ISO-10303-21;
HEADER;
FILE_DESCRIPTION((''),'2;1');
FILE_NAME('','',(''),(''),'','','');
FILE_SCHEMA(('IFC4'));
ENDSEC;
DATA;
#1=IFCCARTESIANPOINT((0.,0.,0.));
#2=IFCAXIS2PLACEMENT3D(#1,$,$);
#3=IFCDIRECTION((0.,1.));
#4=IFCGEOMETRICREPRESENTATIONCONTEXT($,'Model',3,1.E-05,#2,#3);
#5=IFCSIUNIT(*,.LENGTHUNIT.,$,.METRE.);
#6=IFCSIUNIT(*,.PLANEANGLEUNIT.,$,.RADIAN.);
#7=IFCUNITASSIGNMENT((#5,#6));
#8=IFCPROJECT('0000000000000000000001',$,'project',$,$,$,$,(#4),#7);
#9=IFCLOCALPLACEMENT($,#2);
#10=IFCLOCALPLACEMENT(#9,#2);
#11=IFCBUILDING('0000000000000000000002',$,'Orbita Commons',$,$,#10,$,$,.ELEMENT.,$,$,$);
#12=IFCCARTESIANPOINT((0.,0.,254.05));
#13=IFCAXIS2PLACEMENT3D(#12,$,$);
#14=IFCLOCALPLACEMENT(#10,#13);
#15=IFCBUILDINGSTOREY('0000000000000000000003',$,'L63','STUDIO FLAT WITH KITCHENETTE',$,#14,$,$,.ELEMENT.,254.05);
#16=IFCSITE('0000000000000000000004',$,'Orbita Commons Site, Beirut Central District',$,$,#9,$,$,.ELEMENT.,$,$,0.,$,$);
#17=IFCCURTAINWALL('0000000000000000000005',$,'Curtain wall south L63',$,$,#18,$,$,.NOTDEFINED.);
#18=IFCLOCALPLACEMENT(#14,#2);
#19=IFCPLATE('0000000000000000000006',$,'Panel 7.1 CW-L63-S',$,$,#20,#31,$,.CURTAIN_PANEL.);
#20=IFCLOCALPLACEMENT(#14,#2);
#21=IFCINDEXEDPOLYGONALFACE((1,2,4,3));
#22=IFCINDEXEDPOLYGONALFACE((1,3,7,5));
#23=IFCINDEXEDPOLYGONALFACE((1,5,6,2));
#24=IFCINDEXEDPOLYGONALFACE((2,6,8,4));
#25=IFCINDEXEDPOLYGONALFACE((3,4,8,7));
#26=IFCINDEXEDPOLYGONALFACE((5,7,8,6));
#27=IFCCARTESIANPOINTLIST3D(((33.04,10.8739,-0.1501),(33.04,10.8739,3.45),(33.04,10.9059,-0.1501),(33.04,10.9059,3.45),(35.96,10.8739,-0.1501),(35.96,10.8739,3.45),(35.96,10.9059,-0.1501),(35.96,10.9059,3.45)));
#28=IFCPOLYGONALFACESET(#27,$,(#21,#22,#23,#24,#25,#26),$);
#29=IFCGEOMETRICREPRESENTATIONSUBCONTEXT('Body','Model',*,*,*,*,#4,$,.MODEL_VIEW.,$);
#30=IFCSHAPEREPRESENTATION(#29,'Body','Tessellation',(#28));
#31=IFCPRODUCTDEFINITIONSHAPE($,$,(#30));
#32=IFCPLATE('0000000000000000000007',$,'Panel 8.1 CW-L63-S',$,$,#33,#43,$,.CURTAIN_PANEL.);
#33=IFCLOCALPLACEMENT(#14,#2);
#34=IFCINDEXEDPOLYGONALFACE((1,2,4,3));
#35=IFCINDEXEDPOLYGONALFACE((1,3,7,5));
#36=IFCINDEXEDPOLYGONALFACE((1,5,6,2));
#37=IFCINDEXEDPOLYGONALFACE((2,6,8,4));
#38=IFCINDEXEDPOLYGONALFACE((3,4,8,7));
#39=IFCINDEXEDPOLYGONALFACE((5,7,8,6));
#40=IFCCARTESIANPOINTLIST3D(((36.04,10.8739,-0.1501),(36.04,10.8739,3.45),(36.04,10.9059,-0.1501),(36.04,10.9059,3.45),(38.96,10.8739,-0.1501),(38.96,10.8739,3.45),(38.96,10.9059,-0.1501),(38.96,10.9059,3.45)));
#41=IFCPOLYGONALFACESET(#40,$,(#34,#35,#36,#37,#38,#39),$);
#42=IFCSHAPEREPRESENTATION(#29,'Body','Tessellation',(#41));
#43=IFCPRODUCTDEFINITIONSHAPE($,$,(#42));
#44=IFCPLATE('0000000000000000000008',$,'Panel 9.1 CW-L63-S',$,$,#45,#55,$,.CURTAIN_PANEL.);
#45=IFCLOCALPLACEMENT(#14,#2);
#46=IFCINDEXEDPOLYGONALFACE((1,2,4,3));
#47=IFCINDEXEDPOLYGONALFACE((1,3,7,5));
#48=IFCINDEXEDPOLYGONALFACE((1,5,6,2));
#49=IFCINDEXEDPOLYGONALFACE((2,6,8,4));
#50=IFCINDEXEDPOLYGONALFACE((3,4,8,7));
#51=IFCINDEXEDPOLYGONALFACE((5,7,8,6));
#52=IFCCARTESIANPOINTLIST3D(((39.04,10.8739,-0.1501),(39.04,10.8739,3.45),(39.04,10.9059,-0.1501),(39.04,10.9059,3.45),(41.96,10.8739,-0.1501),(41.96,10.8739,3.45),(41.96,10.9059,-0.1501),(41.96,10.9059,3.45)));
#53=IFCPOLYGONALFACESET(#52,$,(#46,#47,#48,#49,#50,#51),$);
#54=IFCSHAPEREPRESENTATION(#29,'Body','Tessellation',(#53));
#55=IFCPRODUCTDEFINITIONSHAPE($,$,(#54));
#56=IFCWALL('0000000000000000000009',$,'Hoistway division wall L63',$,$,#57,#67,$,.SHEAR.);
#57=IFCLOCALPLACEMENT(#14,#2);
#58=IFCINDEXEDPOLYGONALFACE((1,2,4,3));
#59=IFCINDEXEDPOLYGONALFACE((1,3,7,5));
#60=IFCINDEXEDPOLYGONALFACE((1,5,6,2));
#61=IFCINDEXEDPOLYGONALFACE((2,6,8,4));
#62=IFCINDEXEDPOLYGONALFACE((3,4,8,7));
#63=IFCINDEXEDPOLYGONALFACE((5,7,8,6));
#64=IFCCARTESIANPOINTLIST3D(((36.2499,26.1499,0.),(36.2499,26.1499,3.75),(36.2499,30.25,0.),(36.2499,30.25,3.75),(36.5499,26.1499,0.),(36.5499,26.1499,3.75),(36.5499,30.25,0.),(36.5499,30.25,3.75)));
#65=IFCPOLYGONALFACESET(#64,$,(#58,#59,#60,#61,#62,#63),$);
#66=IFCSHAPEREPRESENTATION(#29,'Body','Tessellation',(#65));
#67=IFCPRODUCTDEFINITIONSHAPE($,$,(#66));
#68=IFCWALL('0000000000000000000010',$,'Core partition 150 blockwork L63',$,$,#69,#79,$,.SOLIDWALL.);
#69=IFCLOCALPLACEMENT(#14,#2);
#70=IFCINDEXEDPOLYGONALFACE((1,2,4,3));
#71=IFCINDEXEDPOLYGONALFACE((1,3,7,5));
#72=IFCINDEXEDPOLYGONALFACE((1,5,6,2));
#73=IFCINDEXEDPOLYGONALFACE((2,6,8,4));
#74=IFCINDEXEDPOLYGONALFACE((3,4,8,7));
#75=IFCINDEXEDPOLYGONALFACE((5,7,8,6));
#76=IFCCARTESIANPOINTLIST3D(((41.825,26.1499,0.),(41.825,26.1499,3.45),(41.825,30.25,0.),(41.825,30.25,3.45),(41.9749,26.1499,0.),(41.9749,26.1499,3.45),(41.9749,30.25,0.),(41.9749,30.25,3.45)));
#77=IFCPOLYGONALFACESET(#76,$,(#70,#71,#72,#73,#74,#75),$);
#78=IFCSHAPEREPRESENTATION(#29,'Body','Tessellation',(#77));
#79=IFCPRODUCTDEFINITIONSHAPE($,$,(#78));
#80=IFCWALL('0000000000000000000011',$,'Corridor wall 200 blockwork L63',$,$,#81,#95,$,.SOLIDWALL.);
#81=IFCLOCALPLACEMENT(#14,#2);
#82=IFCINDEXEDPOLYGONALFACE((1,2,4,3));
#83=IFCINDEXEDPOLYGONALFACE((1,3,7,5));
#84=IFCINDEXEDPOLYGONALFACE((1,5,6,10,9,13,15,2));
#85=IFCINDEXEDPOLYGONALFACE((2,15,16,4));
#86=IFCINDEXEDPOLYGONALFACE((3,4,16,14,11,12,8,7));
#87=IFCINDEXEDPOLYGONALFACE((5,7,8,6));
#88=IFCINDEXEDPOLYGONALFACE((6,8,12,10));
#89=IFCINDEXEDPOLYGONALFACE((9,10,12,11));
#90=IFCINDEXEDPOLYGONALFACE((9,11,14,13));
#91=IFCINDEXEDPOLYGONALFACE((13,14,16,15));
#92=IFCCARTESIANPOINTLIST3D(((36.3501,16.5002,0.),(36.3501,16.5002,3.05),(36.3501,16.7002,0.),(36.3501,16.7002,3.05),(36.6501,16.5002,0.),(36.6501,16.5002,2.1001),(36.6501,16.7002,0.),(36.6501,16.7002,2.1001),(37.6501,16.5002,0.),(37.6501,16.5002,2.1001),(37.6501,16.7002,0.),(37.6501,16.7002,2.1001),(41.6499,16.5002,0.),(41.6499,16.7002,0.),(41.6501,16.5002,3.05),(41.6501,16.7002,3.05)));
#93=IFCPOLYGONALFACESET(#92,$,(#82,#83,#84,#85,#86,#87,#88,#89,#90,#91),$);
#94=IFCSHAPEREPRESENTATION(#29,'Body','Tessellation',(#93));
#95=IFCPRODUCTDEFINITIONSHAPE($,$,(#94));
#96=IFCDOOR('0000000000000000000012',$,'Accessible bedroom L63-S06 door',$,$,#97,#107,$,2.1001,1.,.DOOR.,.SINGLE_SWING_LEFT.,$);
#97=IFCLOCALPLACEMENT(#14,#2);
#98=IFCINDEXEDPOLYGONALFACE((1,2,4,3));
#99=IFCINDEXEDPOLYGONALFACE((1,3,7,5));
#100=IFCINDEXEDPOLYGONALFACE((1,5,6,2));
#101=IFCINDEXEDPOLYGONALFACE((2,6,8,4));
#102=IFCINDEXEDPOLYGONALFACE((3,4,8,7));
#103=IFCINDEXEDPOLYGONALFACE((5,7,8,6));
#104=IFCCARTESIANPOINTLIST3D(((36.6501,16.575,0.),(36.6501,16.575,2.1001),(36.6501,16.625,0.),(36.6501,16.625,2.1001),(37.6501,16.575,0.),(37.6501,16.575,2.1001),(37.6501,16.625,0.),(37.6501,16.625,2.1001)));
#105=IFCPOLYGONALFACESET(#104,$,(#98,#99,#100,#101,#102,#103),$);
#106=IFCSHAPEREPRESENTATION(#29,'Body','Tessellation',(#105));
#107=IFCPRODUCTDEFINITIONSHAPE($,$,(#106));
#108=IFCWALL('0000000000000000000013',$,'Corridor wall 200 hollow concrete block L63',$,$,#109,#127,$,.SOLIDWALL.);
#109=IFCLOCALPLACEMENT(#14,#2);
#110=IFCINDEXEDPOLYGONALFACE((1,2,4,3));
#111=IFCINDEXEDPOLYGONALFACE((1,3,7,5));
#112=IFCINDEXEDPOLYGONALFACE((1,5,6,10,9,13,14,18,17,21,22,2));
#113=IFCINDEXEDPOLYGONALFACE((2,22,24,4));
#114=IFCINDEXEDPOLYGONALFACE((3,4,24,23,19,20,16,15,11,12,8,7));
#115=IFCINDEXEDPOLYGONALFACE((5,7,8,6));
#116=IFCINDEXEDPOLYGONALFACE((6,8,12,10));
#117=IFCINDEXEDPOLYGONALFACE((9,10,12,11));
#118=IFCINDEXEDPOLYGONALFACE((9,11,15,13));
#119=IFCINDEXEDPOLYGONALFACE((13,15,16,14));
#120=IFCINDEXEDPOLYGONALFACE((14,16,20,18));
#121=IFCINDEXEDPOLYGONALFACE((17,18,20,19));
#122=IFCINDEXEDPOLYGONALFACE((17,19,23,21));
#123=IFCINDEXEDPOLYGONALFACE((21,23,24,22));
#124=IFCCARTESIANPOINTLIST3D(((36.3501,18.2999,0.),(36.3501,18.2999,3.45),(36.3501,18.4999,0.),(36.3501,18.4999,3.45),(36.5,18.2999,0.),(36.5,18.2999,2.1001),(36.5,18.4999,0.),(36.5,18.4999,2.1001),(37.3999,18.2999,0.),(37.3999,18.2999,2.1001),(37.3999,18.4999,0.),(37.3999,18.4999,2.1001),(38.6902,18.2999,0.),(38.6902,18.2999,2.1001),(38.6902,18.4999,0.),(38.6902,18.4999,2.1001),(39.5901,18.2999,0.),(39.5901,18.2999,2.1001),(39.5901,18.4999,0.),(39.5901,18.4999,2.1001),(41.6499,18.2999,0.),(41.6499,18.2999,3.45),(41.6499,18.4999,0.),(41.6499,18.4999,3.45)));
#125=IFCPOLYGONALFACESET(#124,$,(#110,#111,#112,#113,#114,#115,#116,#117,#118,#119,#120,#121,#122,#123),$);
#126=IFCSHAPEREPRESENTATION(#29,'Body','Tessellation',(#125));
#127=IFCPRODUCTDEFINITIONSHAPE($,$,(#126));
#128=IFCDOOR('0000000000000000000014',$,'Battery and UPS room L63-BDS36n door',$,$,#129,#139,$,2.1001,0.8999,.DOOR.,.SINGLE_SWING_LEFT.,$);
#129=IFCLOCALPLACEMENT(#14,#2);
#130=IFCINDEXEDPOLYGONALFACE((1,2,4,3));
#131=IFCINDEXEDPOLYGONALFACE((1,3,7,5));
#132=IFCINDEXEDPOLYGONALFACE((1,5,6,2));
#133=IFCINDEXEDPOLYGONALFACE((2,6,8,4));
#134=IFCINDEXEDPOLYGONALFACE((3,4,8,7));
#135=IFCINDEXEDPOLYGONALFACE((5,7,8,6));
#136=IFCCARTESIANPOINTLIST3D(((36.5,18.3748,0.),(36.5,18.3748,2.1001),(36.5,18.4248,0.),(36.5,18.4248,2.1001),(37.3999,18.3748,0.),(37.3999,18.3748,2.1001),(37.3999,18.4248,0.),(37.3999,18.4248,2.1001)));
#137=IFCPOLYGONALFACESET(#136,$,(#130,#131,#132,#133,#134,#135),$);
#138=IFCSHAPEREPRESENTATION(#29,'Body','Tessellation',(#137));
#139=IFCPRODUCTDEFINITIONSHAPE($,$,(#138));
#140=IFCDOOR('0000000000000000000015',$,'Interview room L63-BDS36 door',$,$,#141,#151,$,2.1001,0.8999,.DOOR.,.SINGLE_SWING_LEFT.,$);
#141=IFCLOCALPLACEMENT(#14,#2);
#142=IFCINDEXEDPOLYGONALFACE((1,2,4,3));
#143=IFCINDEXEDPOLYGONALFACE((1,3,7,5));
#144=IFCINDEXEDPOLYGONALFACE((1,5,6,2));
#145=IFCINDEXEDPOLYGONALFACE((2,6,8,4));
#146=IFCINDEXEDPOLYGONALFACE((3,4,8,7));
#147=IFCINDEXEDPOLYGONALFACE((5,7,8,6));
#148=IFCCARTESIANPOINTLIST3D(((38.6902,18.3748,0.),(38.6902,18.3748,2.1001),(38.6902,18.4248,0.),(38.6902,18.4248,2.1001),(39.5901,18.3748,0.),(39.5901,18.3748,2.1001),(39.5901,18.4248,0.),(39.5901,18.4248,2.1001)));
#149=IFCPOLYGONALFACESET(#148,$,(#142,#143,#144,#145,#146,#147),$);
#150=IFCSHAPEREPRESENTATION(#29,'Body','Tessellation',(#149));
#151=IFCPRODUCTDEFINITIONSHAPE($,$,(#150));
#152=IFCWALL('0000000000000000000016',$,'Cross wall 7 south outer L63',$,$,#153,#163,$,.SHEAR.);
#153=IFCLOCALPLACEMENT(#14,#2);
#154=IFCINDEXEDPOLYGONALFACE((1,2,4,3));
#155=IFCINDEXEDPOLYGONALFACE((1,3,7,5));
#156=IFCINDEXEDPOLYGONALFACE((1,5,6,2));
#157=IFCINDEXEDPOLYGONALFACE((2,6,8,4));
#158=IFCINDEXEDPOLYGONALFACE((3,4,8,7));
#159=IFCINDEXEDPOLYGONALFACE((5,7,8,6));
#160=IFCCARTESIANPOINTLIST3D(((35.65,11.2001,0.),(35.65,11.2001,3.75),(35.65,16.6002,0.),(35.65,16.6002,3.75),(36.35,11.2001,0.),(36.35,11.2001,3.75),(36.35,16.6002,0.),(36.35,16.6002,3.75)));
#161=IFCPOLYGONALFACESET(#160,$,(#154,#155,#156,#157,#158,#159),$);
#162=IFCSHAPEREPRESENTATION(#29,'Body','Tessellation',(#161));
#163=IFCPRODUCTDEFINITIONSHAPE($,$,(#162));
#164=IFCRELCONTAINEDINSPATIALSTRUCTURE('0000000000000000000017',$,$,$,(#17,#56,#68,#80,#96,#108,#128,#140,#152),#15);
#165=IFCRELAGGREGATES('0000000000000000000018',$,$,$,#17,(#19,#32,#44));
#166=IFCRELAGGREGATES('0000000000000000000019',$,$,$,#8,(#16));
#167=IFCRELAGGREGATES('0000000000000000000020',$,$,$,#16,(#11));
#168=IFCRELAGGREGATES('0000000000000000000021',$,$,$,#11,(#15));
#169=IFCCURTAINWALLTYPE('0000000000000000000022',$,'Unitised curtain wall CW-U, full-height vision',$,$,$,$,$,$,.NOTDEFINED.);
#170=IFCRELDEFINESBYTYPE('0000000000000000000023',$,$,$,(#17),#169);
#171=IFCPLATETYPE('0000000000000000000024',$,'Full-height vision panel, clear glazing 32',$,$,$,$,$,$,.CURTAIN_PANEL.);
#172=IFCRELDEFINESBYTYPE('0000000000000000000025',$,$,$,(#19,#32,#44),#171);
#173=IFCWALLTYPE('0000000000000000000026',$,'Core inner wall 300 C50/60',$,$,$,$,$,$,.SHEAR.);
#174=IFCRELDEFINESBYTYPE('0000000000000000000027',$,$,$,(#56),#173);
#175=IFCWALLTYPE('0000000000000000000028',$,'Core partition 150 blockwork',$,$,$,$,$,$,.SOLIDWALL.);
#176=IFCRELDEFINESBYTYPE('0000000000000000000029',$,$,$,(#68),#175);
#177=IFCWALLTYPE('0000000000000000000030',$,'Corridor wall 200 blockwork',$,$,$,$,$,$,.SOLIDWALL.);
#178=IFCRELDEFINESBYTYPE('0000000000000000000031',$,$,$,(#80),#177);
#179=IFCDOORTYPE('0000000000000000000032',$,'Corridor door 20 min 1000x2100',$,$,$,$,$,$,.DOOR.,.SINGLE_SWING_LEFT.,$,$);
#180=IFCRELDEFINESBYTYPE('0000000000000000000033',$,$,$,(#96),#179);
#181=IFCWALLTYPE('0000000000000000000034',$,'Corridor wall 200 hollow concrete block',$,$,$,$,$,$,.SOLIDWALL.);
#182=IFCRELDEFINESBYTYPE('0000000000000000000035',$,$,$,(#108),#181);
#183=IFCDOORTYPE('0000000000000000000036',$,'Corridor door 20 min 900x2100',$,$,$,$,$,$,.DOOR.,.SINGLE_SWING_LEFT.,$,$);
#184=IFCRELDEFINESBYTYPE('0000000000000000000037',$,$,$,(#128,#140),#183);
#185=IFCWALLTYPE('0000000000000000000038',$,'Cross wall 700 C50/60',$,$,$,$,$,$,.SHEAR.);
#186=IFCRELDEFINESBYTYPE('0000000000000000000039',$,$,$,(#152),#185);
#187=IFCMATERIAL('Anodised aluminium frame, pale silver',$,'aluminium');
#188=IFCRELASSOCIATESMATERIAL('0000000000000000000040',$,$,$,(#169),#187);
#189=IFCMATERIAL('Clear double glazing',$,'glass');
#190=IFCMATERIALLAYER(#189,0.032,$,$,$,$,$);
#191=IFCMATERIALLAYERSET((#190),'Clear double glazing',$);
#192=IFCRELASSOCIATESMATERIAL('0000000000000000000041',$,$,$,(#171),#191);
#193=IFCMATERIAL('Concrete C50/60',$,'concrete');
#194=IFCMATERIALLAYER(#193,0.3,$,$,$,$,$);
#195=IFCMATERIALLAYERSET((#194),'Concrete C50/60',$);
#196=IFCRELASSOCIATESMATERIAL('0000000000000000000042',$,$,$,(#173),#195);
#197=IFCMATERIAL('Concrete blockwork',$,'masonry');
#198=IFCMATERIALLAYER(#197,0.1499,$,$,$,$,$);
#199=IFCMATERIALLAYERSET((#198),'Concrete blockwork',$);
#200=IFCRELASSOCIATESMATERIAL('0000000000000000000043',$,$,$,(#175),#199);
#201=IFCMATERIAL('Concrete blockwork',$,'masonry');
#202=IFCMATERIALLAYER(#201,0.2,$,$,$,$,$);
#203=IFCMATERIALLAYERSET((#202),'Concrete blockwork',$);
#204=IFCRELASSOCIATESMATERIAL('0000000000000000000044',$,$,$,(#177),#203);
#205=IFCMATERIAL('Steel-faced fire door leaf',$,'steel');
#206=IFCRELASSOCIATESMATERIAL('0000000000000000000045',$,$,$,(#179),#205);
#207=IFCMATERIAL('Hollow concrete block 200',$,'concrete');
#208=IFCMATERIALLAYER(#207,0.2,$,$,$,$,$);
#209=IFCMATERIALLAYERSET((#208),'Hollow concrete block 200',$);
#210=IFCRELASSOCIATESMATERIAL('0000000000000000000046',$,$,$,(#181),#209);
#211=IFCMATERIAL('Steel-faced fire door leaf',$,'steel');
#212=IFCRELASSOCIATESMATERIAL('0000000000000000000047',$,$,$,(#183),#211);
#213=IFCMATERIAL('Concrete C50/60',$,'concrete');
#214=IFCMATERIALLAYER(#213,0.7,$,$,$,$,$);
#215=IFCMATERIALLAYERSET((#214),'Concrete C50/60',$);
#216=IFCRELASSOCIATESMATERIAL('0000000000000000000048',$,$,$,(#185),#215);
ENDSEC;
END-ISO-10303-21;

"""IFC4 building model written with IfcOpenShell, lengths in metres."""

from ifc_helpers import new_model, si_unit, direction, frame, frame_2d, origin, origin_2d, place, context, subcontext, project, spatial, polyline, rectangle, outline, extrude, material, layer, layer_set, type_object, element, fill, aggregate, save


model = new_model("IFC4")

# Units and contexts
model_context = context("Model", 3, precision=1e-05, world=origin(), true_north=direction((0.0, 1.0)))
body_context = subcontext(model_context, "Body", "Model", "MODEL_VIEW")
ifc_project = project(units=[si_unit("LENGTHUNIT", "METRE"), si_unit("PLANEANGLEUNIT", "RADIAN")], contexts=[model_context])

# Site, building, storey
site_placement = place(None, origin())
site = spatial("IfcSite", under=ifc_project, at=site_placement, Name="Orbita Commons Site, Beirut Central District", CompositionType="ELEMENT", RefElevation=0.0)
building_placement = place(site_placement, origin())
building = spatial("IfcBuilding", under=site, at=building_placement, Name="Orbita Commons", CompositionType="ELEMENT")
storey_placement = place(building_placement, frame((0.0, 0.0, 254.05)))
storey = spatial("IfcBuildingStorey", under=building, at=storey_placement, Name="L63", Description="STUDIO FLAT WITH KITCHENETTE", CompositionType="ELEMENT", Elevation=254.05)

# Curtain wall
ifc_material_1 = material(Name="Anodised aluminium frame, pale silver", Category="aluminium")
curtain_wall_type = type_object("IfcCurtainWallType", Name="Unitised curtain wall CW-U, full-height vision", PredefinedType="NOTDEFINED", material=ifc_material_1)
curtain_wall_placement = place(storey_placement, origin())
curtain_wall = element("IfcCurtainWall", 1, at=curtain_wall_placement, inside=storey, type_object=curtain_wall_type, Name="Curtain wall south L63", PredefinedType="NOTDEFINED")

# Plates
ifc_material_2 = material(Name="Clear double glazing", Category="glass")
ifc_layer_1 = layer(ifc_material_2, 0.032)
ifc_layer_set_1 = layer_set([ifc_layer_1], Name="Clear double glazing")
plate_type = type_object("IfcPlateType", Name="Full-height vision panel, clear glazing 32", PredefinedType="CURTAIN_PANEL", material=ifc_layer_set_1)
plate_1_placement = place(storey_placement, frame((34.5, 10.8899, -0.1501), z_axis=(0.0, 0.0, 1.0), x_axis=(1.0, 0.0, 0.0)))
plate_1 = element("IfcPlate", 2, at=plate_1_placement, type_object=plate_type, Name="Panel 7.1 CW-L63-S", PredefinedType="CURTAIN_PANEL", context=body_context, shape_type="SweptSolid", body=[
    extrude(rectangle(XDim=2.9199, YDim=0.032, at=origin_2d()), origin(), (0.0, 0.0, 1.0), 3.6001),
])
plate_2_placement = place(storey_placement, frame((37.5, 10.8899, -0.1501), z_axis=(0.0, 0.0, 1.0), x_axis=(1.0, 0.0, 0.0)))
plate_2 = element("IfcPlate", 3, at=plate_2_placement, type_object=plate_type, Name="Panel 8.1 CW-L63-S", PredefinedType="CURTAIN_PANEL", context=body_context, shape_type="SweptSolid", body=[
    extrude(rectangle(XDim=2.9199, YDim=0.032, at=origin_2d()), origin(), (0.0, 0.0, 1.0), 3.6001),
])
plate_3_placement = place(storey_placement, frame((40.5, 10.8899, -0.1501), z_axis=(0.0, 0.0, 1.0), x_axis=(1.0, 0.0, 0.0)))
plate_3 = element("IfcPlate", 4, at=plate_3_placement, type_object=plate_type, Name="Panel 9.1 CW-L63-S", PredefinedType="CURTAIN_PANEL", context=body_context, shape_type="SweptSolid", body=[
    extrude(rectangle(XDim=2.9199, YDim=0.032, at=origin_2d()), origin(), (0.0, 0.0, 1.0), 3.6001),
])
aggregate(curtain_wall, [plate_1, plate_2, plate_3])

# Walls
ifc_material_3 = material(Name="Concrete C50/60", Category="concrete")
ifc_layer_2 = layer(ifc_material_3, 0.3)
ifc_layer_set_2 = layer_set([ifc_layer_2], Name="Concrete C50/60")
wall_type_1 = type_object("IfcWallType", Name="Core inner wall 300 C50/60", PredefinedType="SHEAR", material=ifc_layer_set_2)
wall_1_placement = place(storey_placement, frame((36.3999, 26.1499, 0.0), z_axis=(0.0, 0.0, 1.0), x_axis=(0.0, 1.0, 0.0)))
element("IfcWall", 5, at=wall_1_placement, inside=storey, type_object=wall_type_1, Name="Hoistway division wall L63", PredefinedType="SHEAR", context=body_context, shape_type="SweptSolid", body=[
    extrude(rectangle(XDim=4.1001, YDim=0.3, at=frame_2d((2.05, 0.0))), origin(), (0.0, 0.0, 1.0), 3.75),
])
ifc_material_4 = material(Name="Concrete blockwork", Category="masonry")
ifc_layer_3 = layer(ifc_material_4, 0.1499)
ifc_layer_set_3 = layer_set([ifc_layer_3], Name="Concrete blockwork")
wall_type_2 = type_object("IfcWallType", Name="Core partition 150 blockwork", PredefinedType="SOLIDWALL", material=ifc_layer_set_3)
wall_2_placement = place(storey_placement, frame((41.8999, 26.1499, 0.0), z_axis=(0.0, 0.0, 1.0), x_axis=(0.0, 1.0, 0.0)))
element("IfcWall", 6, at=wall_2_placement, inside=storey, type_object=wall_type_2, Name="Core partition 150 blockwork L63", PredefinedType="SOLIDWALL", context=body_context, shape_type="SweptSolid", body=[
    extrude(rectangle(XDim=4.1001, YDim=0.1499, at=frame_2d((2.05, 0.0))), origin(), (0.0, 0.0, 1.0), 3.45),
])

# Wall, opening, door
ifc_material_5 = material(Name="Concrete blockwork", Category="masonry")
ifc_layer_4 = layer(ifc_material_5, 0.2)
ifc_layer_set_4 = layer_set([ifc_layer_4], Name="Concrete blockwork")
wall_type_3 = type_object("IfcWallType", Name="Corridor wall 200 blockwork", PredefinedType="SOLIDWALL", material=ifc_layer_set_4)
wall_3_placement = place(storey_placement, frame((36.3501, 16.6001, 0.0), z_axis=(0.0, 0.0, 1.0), x_axis=(1.0, 0.0, 0.0)))
wall_3 = element("IfcWall", 7, at=wall_3_placement, inside=storey, type_object=wall_type_3, Name="Corridor wall 200 blockwork L63", PredefinedType="SOLIDWALL", context=body_context, shape_type="SweptSolid", body=[
    extrude(outline(polyline([(0.0, 0.0), (5.2998, 0.0), (5.3, 3.05), (0.0, 3.05), (0.0, 0.0)])), frame((0.0, 0.1001, 0.0), z_axis=(0.0, -1.0, 0.0), x_axis=(1.0, 0.0, 0.0)), (0.0, 0.0, 1.0), 0.2),
])
opening_1_placement = place(wall_3_placement, frame((0.3, 0.0, 0.0)))
opening_1 = element("IfcOpeningElement", 8, at=opening_1_placement, cuts=wall_3, PredefinedType="OPENING", context=body_context, shape_type="SweptSolid", body=[
    extrude(rectangle(XDim=1.0, YDim=2.1001, at=frame_2d((0.5, 1.05))), frame((0.0, 0.1099, 0.0), z_axis=(0.0, -1.0, 0.0), x_axis=(1.0, 0.0, 0.0)), (0.0, 0.0, 1.0), 0.22),
])
ifc_material_6 = material(Name="Steel-faced fire door leaf", Category="steel")
door_type_1 = type_object("IfcDoorType", Name="Corridor door 20 min 1000x2100", OperationType="SINGLE_SWING_LEFT", PredefinedType="DOOR", material=ifc_material_6)
door_1_placement = place(opening_1_placement, origin())
door_1 = element("IfcDoor", 9, at=door_1_placement, inside=storey, type_object=door_type_1, Name="Accessible bedroom L63-S06 door", OperationType="SINGLE_SWING_LEFT", OverallHeight=2.1001, OverallWidth=1.0, PredefinedType="DOOR", context=body_context, shape_type="SweptSolid", body=[
    extrude(rectangle(XDim=1.0, YDim=2.1001, at=frame_2d((0.5, 1.05))), frame((0.0, 0.0249, 0.0), z_axis=(0.0, -1.0, 0.0), x_axis=(1.0, 0.0, 0.0)), (0.0, 0.0, 1.0), 0.05),
])
fill(opening_1, door_1)

# Wall, openings, doors
ifc_material_7 = material(Name="Hollow concrete block 200", Category="concrete")
ifc_layer_5 = layer(ifc_material_7, 0.2)
ifc_layer_set_5 = layer_set([ifc_layer_5], Name="Hollow concrete block 200")
wall_type_4 = type_object("IfcWallType", Name="Corridor wall 200 hollow concrete block", PredefinedType="SOLIDWALL", material=ifc_layer_set_5)
wall_4_placement = place(storey_placement, frame((36.3501, 18.3999, 0.0), z_axis=(0.0, 0.0, 1.0), x_axis=(1.0, 0.0, 0.0)))
wall_4 = element("IfcWall", 10, at=wall_4_placement, inside=storey, type_object=wall_type_4, Name="Corridor wall 200 hollow concrete block L63", PredefinedType="SOLIDWALL", context=body_context, shape_type="SweptSolid", body=[
    extrude(rectangle(XDim=5.2998, YDim=0.2, at=frame_2d((2.6499, 0.0))), origin(), (0.0, 0.0, 1.0), 3.45),
])
opening_2_placement = place(wall_4_placement, frame((0.1499, 0.0, 0.0)))
opening_2 = element("IfcOpeningElement", 11, at=opening_2_placement, cuts=wall_4, PredefinedType="OPENING", context=body_context, shape_type="SweptSolid", body=[
    extrude(rectangle(XDim=0.8999, YDim=2.1001, at=frame_2d((0.45, 1.05))), frame((0.0, 0.1099, 0.0), z_axis=(0.0, -1.0, 0.0), x_axis=(1.0, 0.0, 0.0)), (0.0, 0.0, 1.0), 0.22),
])
opening_3_placement = place(wall_4_placement, frame((2.3401, 0.0, 0.0)))
opening_3 = element("IfcOpeningElement", 12, at=opening_3_placement, cuts=wall_4, PredefinedType="OPENING", context=body_context, shape_type="SweptSolid", body=[
    extrude(rectangle(XDim=0.8999, YDim=2.1001, at=frame_2d((0.45, 1.05))), frame((0.0, 0.1099, 0.0), z_axis=(0.0, -1.0, 0.0), x_axis=(1.0, 0.0, 0.0)), (0.0, 0.0, 1.0), 0.22),
])
ifc_material_8 = material(Name="Steel-faced fire door leaf", Category="steel")
door_type_2 = type_object("IfcDoorType", Name="Corridor door 20 min 900x2100", OperationType="SINGLE_SWING_LEFT", PredefinedType="DOOR", material=ifc_material_8)
door_2_placement = place(opening_2_placement, origin())
door_2 = element("IfcDoor", 13, at=door_2_placement, inside=storey, type_object=door_type_2, Name="Battery and UPS room L63-BDS36n door", OperationType="SINGLE_SWING_LEFT", OverallHeight=2.1001, OverallWidth=0.8999, PredefinedType="DOOR", context=body_context, shape_type="SweptSolid", body=[
    extrude(rectangle(XDim=0.8999, YDim=2.1001, at=frame_2d((0.45, 1.05))), frame((0.0, 0.0249, 0.0), z_axis=(0.0, -1.0, 0.0), x_axis=(1.0, 0.0, 0.0)), (0.0, 0.0, 1.0), 0.05),
])
fill(opening_2, door_2)
door_3_placement = place(opening_3_placement, origin())
door_3 = element("IfcDoor", 14, at=door_3_placement, inside=storey, type_object=door_type_2, Name="Interview room L63-BDS36 door", OperationType="SINGLE_SWING_LEFT", OverallHeight=2.1001, OverallWidth=0.8999, PredefinedType="DOOR", context=body_context, shape_type="SweptSolid", body=[
    extrude(rectangle(XDim=0.8999, YDim=2.1001, at=frame_2d((0.45, 1.05))), frame((0.0, 0.0249, 0.0), z_axis=(0.0, -1.0, 0.0), x_axis=(1.0, 0.0, 0.0)), (0.0, 0.0, 1.0), 0.05),
])
fill(opening_3, door_3)

# Wall
ifc_material_9 = material(Name="Concrete C50/60", Category="concrete")
ifc_layer_6 = layer(ifc_material_9, 0.7)
ifc_layer_set_6 = layer_set([ifc_layer_6], Name="Concrete C50/60")
wall_type_5 = type_object("IfcWallType", Name="Cross wall 700 C50/60", PredefinedType="SHEAR", material=ifc_layer_set_6)
wall_5_placement = place(storey_placement, frame((36.0, 11.2, 0.0), z_axis=(0.0, 0.0, 1.0), x_axis=(0.0, 1.0, 0.0)))
element("IfcWall", 15, at=wall_5_placement, inside=storey, type_object=wall_type_5, Name="Cross wall 7 south outer L63", PredefinedType="SHEAR", context=body_context, shape_type="SweptSolid", body=[
    extrude(rectangle(XDim=5.4001, YDim=0.7, at=frame_2d((2.7002, 0.0))), origin(), (0.0, 0.0, 1.0), 3.75),
])

save(model, "model.ifc")
